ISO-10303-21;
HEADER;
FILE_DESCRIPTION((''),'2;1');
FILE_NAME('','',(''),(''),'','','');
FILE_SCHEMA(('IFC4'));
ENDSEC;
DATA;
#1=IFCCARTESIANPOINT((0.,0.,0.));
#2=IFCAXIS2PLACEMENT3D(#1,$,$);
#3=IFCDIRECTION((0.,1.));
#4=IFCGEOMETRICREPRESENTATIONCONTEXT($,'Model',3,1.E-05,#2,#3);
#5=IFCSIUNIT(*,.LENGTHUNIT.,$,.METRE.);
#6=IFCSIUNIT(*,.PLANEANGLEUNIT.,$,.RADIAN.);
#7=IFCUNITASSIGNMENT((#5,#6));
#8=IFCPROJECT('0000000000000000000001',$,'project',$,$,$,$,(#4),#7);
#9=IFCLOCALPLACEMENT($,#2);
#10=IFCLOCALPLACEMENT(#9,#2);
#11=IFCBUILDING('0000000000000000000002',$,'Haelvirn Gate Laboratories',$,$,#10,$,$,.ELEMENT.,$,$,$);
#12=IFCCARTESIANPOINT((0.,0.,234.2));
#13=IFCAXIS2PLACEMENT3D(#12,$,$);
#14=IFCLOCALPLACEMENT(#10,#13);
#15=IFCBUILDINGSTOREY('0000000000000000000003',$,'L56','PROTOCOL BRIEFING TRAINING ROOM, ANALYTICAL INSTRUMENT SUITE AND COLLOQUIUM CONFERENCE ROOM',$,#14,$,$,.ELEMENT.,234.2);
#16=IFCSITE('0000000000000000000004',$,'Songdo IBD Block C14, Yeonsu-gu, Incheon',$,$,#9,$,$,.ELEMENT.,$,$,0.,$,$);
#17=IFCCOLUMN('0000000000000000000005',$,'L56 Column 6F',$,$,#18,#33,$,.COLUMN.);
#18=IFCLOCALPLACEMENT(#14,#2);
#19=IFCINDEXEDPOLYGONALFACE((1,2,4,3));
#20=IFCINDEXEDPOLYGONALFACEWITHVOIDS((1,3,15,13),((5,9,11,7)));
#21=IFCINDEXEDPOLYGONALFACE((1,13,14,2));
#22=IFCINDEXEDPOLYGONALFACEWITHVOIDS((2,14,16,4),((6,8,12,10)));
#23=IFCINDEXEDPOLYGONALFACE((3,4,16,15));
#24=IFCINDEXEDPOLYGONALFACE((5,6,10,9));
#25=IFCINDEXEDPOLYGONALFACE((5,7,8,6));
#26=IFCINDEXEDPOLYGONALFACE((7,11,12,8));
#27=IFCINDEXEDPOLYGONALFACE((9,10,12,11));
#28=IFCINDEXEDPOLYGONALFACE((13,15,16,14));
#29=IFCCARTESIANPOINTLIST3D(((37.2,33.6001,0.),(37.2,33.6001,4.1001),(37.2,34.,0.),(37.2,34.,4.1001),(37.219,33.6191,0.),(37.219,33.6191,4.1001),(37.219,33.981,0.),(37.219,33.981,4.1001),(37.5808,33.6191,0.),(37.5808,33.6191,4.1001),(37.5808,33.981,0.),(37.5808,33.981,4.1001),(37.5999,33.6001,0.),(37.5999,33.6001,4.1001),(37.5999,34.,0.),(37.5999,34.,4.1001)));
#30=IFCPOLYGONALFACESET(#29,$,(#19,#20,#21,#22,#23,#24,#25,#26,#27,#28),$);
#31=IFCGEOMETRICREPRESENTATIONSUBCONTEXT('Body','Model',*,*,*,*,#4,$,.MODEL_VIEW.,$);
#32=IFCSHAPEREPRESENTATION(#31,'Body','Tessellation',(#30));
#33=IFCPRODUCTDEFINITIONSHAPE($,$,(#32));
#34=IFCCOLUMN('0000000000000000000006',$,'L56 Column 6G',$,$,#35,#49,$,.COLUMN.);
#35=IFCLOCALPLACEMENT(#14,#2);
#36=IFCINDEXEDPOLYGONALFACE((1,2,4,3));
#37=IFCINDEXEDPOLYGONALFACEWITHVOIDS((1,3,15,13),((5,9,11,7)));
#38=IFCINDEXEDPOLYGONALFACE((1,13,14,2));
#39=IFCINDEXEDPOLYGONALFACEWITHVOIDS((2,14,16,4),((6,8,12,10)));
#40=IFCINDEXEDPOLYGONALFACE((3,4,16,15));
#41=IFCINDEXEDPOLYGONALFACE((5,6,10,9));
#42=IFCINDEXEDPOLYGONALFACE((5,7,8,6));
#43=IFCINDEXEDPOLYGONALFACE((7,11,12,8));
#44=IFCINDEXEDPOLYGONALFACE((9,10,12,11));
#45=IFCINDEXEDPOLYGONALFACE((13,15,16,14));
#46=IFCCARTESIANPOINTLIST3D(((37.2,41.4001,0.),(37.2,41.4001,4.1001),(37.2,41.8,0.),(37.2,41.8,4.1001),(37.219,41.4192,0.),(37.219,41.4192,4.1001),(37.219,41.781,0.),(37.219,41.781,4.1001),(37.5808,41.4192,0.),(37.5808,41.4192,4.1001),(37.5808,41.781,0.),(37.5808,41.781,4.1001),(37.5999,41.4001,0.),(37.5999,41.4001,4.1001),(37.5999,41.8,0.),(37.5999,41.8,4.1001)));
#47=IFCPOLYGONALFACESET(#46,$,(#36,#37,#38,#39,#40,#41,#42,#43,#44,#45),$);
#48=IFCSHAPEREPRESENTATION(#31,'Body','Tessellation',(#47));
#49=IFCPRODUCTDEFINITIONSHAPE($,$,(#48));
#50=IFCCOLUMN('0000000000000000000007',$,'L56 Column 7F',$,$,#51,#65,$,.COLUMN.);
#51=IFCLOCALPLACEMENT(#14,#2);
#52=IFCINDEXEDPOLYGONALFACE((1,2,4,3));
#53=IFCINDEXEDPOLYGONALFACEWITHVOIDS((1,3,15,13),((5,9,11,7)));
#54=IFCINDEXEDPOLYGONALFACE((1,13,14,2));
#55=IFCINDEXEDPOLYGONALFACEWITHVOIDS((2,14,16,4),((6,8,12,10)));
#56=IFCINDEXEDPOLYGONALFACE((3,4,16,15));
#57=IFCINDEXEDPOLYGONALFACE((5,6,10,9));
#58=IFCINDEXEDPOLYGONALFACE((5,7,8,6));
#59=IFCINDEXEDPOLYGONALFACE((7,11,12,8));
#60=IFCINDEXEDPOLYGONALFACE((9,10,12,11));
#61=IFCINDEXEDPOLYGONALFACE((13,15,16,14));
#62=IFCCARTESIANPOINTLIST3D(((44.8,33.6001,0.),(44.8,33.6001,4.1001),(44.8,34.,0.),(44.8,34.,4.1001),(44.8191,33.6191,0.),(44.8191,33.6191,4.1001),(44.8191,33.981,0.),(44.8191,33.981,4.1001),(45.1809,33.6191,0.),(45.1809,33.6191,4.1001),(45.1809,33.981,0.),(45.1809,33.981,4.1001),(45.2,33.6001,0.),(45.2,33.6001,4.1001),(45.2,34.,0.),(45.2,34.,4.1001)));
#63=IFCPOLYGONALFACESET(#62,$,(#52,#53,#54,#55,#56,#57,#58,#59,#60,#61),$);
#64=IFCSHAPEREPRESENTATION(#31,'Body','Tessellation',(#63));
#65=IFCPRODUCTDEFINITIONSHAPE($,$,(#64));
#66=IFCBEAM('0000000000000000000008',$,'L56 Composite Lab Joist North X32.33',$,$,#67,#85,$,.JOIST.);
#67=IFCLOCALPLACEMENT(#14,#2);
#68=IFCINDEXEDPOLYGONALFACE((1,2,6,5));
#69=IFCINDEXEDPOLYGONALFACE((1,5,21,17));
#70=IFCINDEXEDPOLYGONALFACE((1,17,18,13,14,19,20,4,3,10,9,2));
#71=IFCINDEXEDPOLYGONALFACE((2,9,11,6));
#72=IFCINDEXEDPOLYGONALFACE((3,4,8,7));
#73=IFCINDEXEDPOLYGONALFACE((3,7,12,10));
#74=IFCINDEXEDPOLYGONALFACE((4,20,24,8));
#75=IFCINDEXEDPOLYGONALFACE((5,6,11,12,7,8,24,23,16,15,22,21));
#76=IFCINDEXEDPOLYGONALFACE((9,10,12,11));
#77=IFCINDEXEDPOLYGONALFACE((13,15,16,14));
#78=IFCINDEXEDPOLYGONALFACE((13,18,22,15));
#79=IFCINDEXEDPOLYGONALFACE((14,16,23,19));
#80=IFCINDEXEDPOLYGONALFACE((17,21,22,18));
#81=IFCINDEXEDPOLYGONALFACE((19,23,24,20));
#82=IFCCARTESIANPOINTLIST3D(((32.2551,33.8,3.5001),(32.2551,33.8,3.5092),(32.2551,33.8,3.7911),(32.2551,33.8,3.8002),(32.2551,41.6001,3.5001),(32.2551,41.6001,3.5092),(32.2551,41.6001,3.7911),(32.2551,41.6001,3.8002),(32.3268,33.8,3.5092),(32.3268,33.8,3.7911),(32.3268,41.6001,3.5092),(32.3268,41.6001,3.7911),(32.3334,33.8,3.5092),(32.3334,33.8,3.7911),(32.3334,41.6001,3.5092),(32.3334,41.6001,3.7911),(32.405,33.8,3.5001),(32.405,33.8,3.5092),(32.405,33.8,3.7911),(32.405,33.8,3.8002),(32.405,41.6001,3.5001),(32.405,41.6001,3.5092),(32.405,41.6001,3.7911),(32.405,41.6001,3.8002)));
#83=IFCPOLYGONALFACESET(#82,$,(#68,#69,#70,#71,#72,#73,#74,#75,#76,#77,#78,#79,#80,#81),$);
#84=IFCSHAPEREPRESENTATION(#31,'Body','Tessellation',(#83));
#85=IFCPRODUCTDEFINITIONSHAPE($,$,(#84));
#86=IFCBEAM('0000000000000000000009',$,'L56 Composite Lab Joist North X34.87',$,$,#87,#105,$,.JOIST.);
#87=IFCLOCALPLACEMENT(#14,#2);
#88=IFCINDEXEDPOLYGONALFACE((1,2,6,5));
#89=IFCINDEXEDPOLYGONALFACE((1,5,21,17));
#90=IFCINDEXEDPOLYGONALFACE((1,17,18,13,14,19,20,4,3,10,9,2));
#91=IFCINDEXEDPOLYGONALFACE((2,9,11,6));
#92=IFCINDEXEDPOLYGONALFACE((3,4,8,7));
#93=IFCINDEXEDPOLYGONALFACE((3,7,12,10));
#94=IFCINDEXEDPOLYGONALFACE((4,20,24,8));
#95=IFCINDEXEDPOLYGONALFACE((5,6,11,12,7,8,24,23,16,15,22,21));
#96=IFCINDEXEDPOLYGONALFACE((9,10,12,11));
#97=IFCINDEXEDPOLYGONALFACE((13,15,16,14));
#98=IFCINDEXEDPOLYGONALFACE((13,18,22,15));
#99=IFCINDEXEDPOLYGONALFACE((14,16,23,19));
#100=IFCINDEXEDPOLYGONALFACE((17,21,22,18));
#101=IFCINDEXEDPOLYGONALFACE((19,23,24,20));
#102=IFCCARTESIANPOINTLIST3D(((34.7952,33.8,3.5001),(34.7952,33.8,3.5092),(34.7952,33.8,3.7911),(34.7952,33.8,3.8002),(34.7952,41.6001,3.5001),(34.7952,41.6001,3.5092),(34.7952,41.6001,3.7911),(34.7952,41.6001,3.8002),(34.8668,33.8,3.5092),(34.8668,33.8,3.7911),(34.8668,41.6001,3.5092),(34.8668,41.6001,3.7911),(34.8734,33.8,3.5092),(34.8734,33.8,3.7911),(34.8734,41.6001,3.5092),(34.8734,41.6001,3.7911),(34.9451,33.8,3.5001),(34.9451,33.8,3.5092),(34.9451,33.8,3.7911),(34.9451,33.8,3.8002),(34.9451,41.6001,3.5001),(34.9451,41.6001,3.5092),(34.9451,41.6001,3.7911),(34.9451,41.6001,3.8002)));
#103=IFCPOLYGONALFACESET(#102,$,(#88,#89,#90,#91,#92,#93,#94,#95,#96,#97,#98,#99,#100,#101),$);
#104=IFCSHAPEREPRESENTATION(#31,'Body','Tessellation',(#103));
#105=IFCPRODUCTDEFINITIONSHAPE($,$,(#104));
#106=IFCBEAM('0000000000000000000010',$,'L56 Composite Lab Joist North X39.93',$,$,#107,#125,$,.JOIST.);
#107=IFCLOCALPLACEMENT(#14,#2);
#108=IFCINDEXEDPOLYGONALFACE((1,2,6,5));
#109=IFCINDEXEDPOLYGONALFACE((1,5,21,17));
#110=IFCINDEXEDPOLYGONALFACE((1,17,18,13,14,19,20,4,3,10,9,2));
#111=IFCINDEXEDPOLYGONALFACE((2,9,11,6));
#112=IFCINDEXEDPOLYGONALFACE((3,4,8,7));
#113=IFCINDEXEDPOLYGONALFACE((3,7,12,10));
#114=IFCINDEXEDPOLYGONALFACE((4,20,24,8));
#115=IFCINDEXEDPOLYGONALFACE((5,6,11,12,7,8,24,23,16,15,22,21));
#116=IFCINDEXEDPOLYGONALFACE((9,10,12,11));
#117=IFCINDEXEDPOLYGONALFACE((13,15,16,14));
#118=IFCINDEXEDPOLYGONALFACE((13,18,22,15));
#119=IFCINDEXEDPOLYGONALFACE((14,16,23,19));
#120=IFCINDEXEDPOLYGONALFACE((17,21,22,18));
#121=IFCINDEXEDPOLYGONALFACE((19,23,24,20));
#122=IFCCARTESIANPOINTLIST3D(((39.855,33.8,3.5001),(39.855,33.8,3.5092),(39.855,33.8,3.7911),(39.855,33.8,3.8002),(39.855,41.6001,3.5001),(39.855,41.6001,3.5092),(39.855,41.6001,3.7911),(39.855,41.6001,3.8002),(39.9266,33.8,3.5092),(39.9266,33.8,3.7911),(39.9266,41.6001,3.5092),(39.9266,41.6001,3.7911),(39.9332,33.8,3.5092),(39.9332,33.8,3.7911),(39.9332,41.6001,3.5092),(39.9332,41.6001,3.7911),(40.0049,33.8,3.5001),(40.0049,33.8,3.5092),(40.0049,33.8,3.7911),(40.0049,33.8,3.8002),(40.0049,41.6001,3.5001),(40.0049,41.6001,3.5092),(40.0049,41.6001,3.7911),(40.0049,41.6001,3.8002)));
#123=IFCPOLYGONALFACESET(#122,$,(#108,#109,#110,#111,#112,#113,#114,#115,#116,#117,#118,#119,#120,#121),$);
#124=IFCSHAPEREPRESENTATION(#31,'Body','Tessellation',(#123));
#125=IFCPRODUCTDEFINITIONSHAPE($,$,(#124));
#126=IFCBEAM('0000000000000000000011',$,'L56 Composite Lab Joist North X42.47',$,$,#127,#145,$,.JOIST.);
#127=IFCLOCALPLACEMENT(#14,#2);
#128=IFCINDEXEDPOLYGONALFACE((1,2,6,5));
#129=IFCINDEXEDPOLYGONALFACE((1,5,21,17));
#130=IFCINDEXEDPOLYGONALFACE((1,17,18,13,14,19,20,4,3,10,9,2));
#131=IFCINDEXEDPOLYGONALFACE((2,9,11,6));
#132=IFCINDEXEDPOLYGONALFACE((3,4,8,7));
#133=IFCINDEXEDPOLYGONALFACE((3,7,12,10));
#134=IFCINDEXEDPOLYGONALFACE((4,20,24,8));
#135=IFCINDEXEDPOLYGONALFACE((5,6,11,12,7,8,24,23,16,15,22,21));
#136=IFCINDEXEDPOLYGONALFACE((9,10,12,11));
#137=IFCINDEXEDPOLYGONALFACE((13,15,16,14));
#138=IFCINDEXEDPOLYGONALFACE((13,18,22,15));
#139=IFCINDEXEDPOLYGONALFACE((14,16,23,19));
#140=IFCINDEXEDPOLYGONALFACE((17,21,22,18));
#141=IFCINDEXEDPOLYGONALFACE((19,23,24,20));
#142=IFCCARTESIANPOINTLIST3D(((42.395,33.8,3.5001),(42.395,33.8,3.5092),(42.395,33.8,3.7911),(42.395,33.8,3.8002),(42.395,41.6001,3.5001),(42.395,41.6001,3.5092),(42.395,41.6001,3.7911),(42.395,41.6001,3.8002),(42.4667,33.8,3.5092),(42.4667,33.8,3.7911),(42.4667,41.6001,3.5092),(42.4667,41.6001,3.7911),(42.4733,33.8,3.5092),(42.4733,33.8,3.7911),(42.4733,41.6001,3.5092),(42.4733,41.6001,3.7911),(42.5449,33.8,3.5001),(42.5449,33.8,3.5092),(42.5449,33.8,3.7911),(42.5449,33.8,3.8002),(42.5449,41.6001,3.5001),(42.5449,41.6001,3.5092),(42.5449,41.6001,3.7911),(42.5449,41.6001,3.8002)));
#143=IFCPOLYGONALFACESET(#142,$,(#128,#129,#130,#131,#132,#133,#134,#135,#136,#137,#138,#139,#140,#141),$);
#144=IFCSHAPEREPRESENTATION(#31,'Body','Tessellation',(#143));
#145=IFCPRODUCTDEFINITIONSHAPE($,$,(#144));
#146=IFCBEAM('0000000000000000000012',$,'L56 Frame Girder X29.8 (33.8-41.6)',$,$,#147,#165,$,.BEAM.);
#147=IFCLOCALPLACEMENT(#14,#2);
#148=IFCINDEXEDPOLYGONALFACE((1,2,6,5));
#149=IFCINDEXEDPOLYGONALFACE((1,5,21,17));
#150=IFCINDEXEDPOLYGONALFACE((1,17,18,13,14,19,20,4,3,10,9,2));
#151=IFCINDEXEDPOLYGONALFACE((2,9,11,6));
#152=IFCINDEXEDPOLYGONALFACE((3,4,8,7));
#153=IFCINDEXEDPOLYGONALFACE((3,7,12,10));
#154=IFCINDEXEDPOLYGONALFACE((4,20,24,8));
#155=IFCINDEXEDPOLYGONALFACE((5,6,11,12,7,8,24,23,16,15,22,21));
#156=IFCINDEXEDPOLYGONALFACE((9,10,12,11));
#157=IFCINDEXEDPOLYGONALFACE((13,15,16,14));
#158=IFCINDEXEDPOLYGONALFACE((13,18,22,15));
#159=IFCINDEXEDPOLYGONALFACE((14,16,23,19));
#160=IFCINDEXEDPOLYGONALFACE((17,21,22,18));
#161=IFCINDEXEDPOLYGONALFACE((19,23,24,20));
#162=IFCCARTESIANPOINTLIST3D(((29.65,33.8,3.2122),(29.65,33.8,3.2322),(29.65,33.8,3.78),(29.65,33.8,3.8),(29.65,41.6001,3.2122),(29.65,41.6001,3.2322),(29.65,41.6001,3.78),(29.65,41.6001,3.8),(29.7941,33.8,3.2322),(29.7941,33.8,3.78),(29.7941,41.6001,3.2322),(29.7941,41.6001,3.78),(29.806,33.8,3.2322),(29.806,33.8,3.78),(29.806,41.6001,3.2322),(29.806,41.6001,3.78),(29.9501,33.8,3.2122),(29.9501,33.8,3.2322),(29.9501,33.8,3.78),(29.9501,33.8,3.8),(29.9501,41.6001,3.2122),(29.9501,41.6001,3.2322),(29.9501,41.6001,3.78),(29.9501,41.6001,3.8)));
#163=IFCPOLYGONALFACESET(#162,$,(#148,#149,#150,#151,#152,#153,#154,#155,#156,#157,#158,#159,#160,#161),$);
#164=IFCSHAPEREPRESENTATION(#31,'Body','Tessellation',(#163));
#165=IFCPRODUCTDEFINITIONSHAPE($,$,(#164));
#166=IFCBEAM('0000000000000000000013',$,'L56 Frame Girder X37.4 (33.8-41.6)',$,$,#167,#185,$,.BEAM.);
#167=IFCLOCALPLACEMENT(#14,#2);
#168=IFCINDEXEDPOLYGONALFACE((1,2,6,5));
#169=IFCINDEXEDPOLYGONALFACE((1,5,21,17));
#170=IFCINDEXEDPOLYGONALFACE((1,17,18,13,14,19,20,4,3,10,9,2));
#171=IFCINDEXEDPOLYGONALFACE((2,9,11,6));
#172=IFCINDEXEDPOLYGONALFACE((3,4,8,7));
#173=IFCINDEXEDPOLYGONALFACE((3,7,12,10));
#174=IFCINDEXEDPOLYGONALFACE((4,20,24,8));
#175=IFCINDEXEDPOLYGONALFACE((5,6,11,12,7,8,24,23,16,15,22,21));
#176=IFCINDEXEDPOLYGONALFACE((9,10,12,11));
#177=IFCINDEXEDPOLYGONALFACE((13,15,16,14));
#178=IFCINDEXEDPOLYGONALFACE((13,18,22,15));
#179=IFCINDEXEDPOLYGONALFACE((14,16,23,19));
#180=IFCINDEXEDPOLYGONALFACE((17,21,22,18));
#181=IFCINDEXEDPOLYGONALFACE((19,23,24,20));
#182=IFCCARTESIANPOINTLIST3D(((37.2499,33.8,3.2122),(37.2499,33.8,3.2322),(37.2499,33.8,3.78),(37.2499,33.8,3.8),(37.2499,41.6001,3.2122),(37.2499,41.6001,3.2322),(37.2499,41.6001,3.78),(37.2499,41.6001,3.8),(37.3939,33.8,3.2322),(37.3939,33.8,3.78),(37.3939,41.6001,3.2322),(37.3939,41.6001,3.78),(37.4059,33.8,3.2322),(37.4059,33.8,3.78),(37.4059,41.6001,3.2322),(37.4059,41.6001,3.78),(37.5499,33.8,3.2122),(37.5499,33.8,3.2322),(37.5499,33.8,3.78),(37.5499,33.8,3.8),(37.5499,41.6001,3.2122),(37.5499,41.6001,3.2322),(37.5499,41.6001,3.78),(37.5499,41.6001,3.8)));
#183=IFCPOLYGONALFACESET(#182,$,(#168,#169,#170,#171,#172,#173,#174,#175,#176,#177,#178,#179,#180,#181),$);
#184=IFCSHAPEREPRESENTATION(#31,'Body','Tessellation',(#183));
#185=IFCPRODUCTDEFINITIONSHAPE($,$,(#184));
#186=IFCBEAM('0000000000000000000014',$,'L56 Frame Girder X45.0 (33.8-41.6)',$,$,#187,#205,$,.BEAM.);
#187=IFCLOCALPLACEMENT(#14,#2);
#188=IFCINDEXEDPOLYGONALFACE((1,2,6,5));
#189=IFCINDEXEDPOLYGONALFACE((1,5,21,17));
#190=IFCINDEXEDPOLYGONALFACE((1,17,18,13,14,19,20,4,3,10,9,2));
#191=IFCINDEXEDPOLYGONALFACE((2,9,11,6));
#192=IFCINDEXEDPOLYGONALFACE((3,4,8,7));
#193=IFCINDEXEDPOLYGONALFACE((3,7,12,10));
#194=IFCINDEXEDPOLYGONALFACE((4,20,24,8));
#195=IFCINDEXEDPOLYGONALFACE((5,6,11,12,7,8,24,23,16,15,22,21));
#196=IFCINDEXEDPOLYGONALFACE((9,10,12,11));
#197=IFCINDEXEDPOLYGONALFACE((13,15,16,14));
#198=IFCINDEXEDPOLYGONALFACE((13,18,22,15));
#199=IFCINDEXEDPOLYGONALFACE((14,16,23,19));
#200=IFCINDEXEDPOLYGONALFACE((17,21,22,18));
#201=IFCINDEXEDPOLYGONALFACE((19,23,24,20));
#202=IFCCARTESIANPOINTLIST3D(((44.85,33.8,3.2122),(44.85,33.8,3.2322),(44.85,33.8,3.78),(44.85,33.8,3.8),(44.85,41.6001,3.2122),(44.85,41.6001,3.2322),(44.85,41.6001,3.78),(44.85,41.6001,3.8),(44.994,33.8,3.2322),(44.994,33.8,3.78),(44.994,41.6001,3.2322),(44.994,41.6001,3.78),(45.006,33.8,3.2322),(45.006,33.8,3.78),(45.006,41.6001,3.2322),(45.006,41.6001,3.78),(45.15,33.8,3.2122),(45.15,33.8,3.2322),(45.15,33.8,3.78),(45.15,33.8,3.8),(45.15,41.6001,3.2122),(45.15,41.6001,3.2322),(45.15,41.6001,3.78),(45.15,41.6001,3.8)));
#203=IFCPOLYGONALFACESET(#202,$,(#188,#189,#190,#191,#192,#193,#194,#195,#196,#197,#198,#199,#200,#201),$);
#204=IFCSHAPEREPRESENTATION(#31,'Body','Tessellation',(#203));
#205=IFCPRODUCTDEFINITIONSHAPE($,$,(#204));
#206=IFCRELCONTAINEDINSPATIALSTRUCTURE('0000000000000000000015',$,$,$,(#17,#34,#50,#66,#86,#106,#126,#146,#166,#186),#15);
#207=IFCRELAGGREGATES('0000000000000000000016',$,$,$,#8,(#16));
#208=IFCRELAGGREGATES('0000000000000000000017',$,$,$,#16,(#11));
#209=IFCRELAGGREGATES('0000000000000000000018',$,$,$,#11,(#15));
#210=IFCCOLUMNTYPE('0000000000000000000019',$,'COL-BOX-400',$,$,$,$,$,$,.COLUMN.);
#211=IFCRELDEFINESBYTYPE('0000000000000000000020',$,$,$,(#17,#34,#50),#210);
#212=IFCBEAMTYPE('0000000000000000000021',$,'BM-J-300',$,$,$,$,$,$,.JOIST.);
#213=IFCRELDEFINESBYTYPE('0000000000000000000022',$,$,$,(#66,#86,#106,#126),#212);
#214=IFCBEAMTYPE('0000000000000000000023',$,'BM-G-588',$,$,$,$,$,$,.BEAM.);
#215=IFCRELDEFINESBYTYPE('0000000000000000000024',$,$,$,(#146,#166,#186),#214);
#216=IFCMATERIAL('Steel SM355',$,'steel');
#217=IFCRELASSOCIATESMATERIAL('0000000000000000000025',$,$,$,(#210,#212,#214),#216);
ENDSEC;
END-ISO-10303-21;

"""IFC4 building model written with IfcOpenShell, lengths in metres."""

from ifc_helpers import new_model, si_unit, direction, frame, origin, origin_2d, place, context, subcontext, project, spatial, hollow_rectangle, i_section, extrude, source, transform, mapped, material, material_profile, profile_set, type_object, type_shapes, element, save


model = new_model("IFC4")

# Units and contexts
model_context = context("Model", 3, precision=1e-05, world=origin(), true_north=direction((0.0, 1.0)))
body_context = subcontext(model_context, "Body", "Model", "MODEL_VIEW")
ifc_project = project(units=[si_unit("LENGTHUNIT", "METRE"), si_unit("PLANEANGLEUNIT", "RADIAN")], contexts=[model_context])

# Site, building, storey
site_placement = place(None, origin())
site = spatial("IfcSite", under=ifc_project, at=site_placement, Name="Songdo IBD Block C14, Yeonsu-gu, Incheon", CompositionType="ELEMENT", RefElevation=0.0)
building_placement = place(site_placement, origin())
building = spatial("IfcBuilding", under=site, at=building_placement, Name="Haelvirn Gate Laboratories", CompositionType="ELEMENT")
storey_placement = place(building_placement, frame((0.0, 0.0, 234.2)))
storey = spatial("IfcBuildingStorey", under=building, at=storey_placement, Name="L56", Description="PROTOCOL BRIEFING TRAINING ROOM, ANALYTICAL INSTRUMENT SUITE AND COLLOQUIUM CONFERENCE ROOM", CompositionType="ELEMENT", Elevation=234.2)

# Columns
ifc_material_1 = material(Name="Steel SM355", Category="steel")
ifc_material_profile_1 = material_profile(ifc_material_1, hollow_rectangle(XDim=0.3999, YDim=0.3999, WallThickness=0.019, at=origin_2d()), Name="BOX-400x400x19")
ifc_profile_set_1 = profile_set([ifc_material_profile_1], Name="Steel SM355")
column_type = type_object("IfcColumnType", Name="COL-BOX-400", PredefinedType="COLUMN", material=ifc_profile_set_1)
shared_shape_1 = source(origin(), body_context, "Body", "SweptSolid", [
    extrude(hollow_rectangle(XDim=0.3999, YDim=0.3999, WallThickness=0.019, at=origin_2d()), origin(), (0.0, 0.0, 1.0), 4.1001),
])
type_shapes(column_type, [shared_shape_1])
for number, where, z_axis, x_axis, name in (
    (1, (37.3999, 33.8, 0.0), (0.0, 0.0, 1.0), (1.0, 0.0, 0.0), "L56 Column 6F"),
    (2, (37.3999, 41.6001, 0.0), (0.0, 0.0, 1.0), (1.0, 0.0, 0.0), "L56 Column 6G"),
    (3, (45.0, 33.8, 0.0), (0.0, 0.0, 1.0), (1.0, 0.0, 0.0), "L56 Column 7F"),
):
    element("IfcColumn", number, at=place(storey_placement, frame(where, z_axis=z_axis, x_axis=x_axis)), inside=storey, type_object=column_type, Name=name, PredefinedType="COLUMN", context=body_context, shape_type="MappedRepresentation", body=[
        mapped(shared_shape_1, transform((0.0, 0.0, 0.0), scale=1.0)),
    ])

# Beams
ifc_material_profile_2 = material_profile(ifc_material_1, i_section(OverallWidth=0.1499, OverallDepth=0.3, WebThickness=0.0066, FlangeThickness=0.009, at=origin_2d()), Name="H-300x150x6.5x9")
ifc_profile_set_2 = profile_set([ifc_material_profile_2], Name="Steel SM355")
beam_type_1 = type_object("IfcBeamType", Name="BM-J-300", PredefinedType="JOIST", material=ifc_profile_set_2)
shared_shape_2 = source(origin(), body_context, "Body", "SweptSolid", [
    extrude(i_section(OverallWidth=0.1499, OverallDepth=0.3, WebThickness=0.0066, FlangeThickness=0.009, at=origin_2d()), origin(), (0.0, 0.0, 1.0), 7.8),
])
type_shapes(beam_type_1, [shared_shape_2])
for number, where, z_axis, x_axis, name in (
    (4, (32.3301, 33.8, 3.6501), (0.0, 1.0, 0.0), (-1.0, 0.0, 0.0), "L56 Composite Lab Joist North X32.33"),
    (5, (34.8701, 33.8, 3.6501), (0.0, 1.0, 0.0), (-1.0, 0.0, 0.0), "L56 Composite Lab Joist North X34.87"),
    (6, (39.9299, 33.8, 3.6501), (0.0, 1.0, 0.0), (-1.0, 0.0, 0.0), "L56 Composite Lab Joist North X39.93"),
    (7, (42.47, 33.8, 3.6501), (0.0, 1.0, 0.0), (-1.0, 0.0, 0.0), "L56 Composite Lab Joist North X42.47"),
):
    element("IfcBeam", number, at=place(storey_placement, frame(where, z_axis=z_axis, x_axis=x_axis)), inside=storey, type_object=beam_type_1, Name=name, PredefinedType="JOIST", context=body_context, shape_type="MappedRepresentation", body=[
        mapped(shared_shape_2, transform((0.0, 0.0, 0.0), scale=1.0)),
    ])
ifc_material_profile_3 = material_profile(ifc_material_1, i_section(OverallWidth=0.3, OverallDepth=0.5879, WebThickness=0.012, FlangeThickness=0.02, at=origin_2d()), Name="H-588x300x12x20")
ifc_profile_set_3 = profile_set([ifc_material_profile_3], Name="Steel SM355")
beam_type_2 = type_object("IfcBeamType", Name="BM-G-588", PredefinedType="BEAM", material=ifc_profile_set_3)
shared_shape_3 = source(origin(), body_context, "Body", "SweptSolid", [
    extrude(i_section(OverallWidth=0.3, OverallDepth=0.5879, WebThickness=0.012, FlangeThickness=0.02, at=origin_2d()), origin(), (0.0, 0.0, 1.0), 7.8),
])
type_shapes(beam_type_2, [shared_shape_3])
for number, where, z_axis, x_axis, name in (
    (8, (29.8, 33.8, 3.5061), (0.0, 1.0, 0.0), (-1.0, 0.0, 0.0), "L56 Frame Girder X29.8 (33.8-41.6)"),
    (9, (37.3999, 33.8, 3.5061), (0.0, 1.0, 0.0), (-1.0, 0.0, 0.0), "L56 Frame Girder X37.4 (33.8-41.6)"),
    (10, (45.0, 33.8, 3.5061), (0.0, 1.0, 0.0), (-1.0, 0.0, 0.0), "L56 Frame Girder X45.0 (33.8-41.6)"),
):
    element("IfcBeam", number, at=place(storey_placement, frame(where, z_axis=z_axis, x_axis=x_axis)), inside=storey, type_object=beam_type_2, Name=name, PredefinedType="BEAM", context=body_context, shape_type="MappedRepresentation", body=[
        mapped(shared_shape_3, transform((0.0, 0.0, 0.0), scale=1.0)),
    ])

save(model, "model.ifc")
